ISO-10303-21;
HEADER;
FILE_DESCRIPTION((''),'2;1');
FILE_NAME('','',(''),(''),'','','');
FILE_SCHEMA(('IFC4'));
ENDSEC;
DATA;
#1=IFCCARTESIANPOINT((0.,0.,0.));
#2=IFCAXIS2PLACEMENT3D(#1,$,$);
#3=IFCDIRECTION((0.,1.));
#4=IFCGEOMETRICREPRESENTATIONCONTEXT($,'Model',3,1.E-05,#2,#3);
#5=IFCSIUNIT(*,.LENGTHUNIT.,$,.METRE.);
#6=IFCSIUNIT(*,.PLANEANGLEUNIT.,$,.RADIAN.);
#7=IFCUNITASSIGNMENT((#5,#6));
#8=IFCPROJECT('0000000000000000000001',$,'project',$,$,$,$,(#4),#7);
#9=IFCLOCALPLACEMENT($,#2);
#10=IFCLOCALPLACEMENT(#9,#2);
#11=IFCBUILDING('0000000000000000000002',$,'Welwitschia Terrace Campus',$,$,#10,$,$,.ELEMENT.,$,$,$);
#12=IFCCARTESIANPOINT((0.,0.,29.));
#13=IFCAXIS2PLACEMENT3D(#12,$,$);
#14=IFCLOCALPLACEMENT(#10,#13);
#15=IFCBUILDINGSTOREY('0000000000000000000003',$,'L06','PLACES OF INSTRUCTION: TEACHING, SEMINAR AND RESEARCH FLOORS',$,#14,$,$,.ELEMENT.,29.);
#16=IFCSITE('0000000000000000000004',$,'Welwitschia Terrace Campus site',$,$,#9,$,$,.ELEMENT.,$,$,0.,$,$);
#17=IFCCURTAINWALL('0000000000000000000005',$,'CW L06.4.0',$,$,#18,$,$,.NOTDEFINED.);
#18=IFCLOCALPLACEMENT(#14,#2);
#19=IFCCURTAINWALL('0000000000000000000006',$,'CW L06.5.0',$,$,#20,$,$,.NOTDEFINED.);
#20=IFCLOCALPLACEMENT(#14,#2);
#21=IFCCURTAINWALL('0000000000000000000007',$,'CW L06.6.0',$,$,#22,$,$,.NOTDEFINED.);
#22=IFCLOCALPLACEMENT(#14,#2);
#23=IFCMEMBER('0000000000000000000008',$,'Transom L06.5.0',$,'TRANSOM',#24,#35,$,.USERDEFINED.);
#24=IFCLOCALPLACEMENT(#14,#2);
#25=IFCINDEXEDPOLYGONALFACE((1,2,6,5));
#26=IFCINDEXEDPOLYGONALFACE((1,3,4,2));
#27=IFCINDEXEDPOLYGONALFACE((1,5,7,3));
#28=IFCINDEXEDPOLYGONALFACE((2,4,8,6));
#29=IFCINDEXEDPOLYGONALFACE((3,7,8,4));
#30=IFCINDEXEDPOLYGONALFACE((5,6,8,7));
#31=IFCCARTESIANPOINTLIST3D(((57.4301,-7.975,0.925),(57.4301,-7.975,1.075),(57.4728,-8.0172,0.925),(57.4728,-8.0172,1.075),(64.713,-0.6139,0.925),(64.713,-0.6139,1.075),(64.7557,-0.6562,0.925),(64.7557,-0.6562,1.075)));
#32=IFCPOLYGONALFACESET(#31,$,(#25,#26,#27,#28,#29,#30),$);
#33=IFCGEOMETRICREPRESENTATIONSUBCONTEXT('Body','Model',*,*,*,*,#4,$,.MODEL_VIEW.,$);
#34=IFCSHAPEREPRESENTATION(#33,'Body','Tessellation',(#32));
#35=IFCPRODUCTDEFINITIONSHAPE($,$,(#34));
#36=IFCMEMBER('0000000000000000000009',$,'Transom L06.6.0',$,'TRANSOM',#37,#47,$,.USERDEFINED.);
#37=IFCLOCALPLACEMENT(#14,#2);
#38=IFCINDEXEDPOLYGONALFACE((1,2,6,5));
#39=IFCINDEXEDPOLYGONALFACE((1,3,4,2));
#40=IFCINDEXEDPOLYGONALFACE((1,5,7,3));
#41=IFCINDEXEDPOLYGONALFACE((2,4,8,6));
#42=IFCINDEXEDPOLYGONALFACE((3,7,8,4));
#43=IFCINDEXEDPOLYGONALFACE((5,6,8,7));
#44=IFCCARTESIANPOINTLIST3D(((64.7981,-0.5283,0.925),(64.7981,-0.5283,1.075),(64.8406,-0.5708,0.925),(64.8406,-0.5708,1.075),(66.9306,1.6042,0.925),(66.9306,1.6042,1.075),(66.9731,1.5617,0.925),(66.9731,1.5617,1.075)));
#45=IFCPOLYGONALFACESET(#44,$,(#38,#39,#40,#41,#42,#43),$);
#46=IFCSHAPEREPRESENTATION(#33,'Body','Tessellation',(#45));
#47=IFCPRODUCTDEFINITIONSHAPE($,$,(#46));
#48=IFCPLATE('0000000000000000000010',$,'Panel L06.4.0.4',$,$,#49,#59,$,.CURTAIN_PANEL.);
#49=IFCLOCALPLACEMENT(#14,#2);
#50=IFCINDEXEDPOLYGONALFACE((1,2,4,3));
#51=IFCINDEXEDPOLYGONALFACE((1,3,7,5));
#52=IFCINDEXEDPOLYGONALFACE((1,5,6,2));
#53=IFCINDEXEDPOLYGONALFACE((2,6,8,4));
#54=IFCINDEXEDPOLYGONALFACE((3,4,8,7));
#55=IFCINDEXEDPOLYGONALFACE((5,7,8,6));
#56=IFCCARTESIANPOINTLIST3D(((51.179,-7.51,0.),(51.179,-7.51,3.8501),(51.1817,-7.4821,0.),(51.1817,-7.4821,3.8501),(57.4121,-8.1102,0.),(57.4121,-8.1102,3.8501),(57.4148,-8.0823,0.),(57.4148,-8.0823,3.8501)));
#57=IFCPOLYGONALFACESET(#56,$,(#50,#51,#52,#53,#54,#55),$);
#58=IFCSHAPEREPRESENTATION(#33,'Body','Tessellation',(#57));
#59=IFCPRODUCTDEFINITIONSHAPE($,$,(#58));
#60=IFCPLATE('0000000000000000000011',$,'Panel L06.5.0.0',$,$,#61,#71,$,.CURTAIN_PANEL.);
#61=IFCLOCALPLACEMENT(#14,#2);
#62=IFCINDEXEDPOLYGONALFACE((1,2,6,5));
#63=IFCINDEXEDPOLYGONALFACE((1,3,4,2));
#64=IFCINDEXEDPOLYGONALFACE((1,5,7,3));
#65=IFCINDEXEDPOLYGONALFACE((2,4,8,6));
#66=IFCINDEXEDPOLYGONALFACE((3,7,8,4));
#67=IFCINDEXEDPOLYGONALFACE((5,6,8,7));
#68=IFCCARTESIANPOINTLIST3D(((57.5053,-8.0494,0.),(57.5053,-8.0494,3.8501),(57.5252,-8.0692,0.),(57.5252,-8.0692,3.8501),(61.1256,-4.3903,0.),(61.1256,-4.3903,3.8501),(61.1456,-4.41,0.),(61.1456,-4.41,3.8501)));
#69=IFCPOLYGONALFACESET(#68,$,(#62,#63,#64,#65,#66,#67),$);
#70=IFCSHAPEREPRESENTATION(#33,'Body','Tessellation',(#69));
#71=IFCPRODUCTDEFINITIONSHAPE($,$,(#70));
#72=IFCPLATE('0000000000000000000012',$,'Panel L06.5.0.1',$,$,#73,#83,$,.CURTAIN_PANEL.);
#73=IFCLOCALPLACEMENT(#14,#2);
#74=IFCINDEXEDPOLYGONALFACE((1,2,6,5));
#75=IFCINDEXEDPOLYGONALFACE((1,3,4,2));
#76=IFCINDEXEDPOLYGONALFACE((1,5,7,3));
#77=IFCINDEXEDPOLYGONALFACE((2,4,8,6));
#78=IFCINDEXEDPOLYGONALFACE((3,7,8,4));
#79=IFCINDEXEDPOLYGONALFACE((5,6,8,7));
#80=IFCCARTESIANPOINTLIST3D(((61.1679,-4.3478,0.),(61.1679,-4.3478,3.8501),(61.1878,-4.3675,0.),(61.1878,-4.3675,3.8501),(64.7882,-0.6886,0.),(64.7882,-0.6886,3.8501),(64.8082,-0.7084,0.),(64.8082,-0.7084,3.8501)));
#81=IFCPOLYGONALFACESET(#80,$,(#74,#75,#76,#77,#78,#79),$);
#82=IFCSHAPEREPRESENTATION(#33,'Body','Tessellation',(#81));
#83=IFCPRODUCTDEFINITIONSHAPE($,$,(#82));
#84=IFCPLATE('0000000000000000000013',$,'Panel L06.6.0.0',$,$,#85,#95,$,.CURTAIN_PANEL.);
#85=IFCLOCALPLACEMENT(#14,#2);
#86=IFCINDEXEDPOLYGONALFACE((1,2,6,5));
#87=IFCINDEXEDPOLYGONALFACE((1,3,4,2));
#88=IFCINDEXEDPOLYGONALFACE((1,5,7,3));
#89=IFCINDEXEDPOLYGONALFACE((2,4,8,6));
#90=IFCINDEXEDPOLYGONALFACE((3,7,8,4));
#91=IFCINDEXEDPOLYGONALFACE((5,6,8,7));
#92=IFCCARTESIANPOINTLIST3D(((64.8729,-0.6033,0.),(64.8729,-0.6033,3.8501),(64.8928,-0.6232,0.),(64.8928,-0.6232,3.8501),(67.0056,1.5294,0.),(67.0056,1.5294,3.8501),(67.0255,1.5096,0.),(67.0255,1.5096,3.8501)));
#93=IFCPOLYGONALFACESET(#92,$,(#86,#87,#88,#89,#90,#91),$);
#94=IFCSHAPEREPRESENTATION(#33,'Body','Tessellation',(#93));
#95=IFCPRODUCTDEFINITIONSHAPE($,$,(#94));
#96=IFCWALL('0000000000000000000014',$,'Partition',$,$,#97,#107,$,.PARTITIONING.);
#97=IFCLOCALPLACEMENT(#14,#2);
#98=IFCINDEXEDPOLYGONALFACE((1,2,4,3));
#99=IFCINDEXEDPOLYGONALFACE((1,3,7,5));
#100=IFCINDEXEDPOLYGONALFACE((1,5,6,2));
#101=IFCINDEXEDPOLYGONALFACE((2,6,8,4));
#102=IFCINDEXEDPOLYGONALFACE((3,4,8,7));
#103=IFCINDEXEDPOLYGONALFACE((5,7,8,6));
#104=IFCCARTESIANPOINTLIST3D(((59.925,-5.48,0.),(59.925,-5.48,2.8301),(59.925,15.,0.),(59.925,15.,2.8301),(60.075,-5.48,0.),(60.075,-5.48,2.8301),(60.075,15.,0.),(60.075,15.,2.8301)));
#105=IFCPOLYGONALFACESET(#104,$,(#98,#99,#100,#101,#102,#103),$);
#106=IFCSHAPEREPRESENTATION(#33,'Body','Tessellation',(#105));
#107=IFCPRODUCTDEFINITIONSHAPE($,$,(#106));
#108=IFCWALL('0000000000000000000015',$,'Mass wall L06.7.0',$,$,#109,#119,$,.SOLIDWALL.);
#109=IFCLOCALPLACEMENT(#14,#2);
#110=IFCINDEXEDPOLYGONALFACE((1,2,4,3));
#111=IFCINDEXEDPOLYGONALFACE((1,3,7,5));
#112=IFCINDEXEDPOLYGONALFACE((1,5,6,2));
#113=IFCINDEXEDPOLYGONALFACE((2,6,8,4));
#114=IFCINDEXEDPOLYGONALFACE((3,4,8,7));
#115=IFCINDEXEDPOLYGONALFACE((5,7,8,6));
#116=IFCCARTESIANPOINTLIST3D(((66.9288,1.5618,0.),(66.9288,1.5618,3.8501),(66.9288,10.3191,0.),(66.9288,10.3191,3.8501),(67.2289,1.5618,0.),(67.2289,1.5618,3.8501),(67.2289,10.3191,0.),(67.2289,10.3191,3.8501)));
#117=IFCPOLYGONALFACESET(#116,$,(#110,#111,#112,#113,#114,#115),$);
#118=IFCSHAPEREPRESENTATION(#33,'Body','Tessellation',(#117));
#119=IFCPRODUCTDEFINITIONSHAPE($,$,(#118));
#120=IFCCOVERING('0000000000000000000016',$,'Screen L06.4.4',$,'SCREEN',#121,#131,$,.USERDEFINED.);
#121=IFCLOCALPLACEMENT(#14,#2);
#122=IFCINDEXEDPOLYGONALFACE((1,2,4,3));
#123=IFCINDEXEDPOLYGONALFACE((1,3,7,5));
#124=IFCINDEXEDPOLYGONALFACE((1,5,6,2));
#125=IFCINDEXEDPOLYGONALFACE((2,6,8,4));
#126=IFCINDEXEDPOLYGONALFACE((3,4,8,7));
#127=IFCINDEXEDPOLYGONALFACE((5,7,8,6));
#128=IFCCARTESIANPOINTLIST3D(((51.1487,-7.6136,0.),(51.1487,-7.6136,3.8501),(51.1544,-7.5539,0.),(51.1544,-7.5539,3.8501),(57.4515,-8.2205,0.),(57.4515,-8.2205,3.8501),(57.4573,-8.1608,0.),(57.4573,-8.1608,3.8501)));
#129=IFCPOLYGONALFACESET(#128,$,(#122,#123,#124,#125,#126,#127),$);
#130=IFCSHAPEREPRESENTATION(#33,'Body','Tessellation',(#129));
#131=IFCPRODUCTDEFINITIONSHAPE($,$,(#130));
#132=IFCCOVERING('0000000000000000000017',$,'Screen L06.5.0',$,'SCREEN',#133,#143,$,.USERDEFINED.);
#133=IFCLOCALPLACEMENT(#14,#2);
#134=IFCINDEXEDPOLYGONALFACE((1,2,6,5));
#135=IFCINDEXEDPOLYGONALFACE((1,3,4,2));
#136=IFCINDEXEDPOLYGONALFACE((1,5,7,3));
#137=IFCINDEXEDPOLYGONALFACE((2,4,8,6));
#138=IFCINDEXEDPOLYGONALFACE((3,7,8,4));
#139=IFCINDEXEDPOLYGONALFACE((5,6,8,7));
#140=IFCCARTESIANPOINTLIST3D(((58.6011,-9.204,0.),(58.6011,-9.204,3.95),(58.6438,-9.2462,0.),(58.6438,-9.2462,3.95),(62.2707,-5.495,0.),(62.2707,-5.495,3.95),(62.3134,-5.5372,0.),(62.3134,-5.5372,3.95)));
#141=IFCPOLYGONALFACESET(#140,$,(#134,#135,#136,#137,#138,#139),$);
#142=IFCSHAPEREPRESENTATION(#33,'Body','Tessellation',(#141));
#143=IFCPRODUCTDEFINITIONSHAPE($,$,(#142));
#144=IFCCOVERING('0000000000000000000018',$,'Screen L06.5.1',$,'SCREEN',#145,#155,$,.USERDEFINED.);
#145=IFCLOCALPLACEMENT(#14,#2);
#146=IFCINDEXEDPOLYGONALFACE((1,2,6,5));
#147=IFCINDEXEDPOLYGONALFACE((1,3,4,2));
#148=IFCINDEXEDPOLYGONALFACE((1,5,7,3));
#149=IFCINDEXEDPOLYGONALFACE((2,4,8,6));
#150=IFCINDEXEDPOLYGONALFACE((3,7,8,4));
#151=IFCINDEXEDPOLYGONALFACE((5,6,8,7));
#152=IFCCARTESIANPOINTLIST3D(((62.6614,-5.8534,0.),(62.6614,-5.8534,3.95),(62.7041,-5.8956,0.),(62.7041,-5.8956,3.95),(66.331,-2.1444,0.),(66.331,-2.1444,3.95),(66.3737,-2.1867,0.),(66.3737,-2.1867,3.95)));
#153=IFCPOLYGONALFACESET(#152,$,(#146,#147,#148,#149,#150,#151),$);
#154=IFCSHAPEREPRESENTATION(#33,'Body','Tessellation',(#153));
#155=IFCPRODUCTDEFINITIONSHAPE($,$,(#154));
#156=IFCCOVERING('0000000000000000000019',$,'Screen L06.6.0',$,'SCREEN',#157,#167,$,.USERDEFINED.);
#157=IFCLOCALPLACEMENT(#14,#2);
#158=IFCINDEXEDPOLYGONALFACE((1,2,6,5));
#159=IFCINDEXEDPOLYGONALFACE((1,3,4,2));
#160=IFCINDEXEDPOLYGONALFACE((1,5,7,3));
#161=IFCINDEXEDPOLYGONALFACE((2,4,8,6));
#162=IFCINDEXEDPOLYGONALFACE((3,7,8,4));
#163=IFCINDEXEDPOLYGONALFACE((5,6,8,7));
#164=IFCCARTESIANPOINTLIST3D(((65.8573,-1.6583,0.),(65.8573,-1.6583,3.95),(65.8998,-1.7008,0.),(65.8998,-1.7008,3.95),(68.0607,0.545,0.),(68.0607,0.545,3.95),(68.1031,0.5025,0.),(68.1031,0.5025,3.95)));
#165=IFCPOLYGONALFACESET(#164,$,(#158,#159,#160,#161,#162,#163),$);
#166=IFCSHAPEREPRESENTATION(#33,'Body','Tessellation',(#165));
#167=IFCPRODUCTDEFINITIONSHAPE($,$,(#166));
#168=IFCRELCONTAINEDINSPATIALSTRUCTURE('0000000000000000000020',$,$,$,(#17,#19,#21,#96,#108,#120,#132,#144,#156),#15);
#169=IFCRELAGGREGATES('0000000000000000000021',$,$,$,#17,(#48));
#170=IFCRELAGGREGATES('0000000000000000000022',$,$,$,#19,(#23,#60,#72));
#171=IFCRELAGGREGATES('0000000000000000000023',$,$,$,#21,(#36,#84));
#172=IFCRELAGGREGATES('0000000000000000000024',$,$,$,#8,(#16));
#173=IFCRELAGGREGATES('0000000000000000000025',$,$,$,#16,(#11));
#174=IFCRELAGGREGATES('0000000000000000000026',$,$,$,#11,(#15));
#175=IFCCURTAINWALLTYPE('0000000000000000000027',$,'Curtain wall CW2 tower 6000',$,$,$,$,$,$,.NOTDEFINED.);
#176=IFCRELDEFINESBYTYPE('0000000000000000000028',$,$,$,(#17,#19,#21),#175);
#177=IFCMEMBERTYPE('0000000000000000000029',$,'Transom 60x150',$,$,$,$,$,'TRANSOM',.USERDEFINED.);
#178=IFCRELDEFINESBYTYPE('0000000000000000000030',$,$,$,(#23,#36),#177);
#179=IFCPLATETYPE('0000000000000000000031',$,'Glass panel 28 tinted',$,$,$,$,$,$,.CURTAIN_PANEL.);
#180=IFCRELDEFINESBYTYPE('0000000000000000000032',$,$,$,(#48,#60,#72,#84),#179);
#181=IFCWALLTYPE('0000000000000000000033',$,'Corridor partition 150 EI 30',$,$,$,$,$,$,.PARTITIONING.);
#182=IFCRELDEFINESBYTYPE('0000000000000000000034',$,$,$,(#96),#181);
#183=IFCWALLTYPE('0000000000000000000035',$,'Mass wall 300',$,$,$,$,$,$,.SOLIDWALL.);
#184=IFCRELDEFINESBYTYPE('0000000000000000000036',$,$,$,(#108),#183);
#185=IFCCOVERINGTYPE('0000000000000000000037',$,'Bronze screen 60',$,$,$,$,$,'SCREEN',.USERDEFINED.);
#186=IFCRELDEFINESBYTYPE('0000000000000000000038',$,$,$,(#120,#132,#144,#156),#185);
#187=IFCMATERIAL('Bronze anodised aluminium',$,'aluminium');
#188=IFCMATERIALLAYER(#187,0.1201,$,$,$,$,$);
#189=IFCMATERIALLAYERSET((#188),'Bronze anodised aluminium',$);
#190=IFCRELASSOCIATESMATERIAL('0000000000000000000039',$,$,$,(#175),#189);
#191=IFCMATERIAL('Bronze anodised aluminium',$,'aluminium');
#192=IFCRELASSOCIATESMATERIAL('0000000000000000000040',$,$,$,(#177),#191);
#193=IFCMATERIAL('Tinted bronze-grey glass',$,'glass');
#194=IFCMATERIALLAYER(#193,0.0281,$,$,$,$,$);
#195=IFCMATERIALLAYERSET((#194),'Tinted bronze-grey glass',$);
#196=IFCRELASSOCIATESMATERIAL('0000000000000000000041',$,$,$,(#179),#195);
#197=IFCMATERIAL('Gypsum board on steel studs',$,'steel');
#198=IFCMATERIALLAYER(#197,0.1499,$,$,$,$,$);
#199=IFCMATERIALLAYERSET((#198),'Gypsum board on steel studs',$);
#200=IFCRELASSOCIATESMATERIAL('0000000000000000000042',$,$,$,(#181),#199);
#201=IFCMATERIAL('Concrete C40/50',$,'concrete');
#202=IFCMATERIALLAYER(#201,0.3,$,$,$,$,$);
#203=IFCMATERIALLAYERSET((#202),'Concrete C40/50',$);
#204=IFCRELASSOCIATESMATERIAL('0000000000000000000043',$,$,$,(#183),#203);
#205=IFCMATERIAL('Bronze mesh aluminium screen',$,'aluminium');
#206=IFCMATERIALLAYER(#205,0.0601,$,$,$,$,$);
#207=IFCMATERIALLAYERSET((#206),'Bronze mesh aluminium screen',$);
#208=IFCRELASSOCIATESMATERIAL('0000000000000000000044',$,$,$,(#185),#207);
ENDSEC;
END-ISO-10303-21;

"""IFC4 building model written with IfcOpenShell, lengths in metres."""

from ifc_helpers import new_model, si_unit, direction, frame, frame_2d, origin, origin_2d, place, context, subcontext, project, spatial, rectangle, extrude, material, layer, layer_set, material_profile, profile_set, type_object, element, aggregate, save


model = new_model("IFC4")

# Units and contexts
model_context = context("Model", 3, precision=1e-05, world=origin(), true_north=direction((0.0, 1.0)))
body_context = subcontext(model_context, "Body", "Model", "MODEL_VIEW")
ifc_project = project(units=[si_unit("LENGTHUNIT", "METRE"), si_unit("PLANEANGLEUNIT", "RADIAN")], contexts=[model_context])

# Site, building, storey
site_placement = place(None, origin())
site = spatial("IfcSite", under=ifc_project, at=site_placement, Name="Welwitschia Terrace Campus site", CompositionType="ELEMENT", RefElevation=0.0)
building_placement = place(site_placement, origin())
building = spatial("IfcBuilding", under=site, at=building_placement, Name="Welwitschia Terrace Campus", CompositionType="ELEMENT")
storey_placement = place(building_placement, frame((0.0, 0.0, 29.0)))
storey = spatial("IfcBuildingStorey", under=building, at=storey_placement, Name="L06", Description="PLACES OF INSTRUCTION: TEACHING, SEMINAR AND RESEARCH FLOORS", CompositionType="ELEMENT", Elevation=29.0)

# Curtain walls
ifc_material_1 = material(Name="Bronze anodised aluminium", Category="aluminium")
ifc_layer_1 = layer(ifc_material_1, 0.1201)
ifc_layer_set_1 = layer_set([ifc_layer_1], Name="Bronze anodised aluminium")
curtain_wall_type = type_object("IfcCurtainWallType", Name="Curtain wall CW2 tower 6000", PredefinedType="NOTDEFINED", material=ifc_layer_set_1)
curtain_wall_1_placement = place(storey_placement, origin())
curtain_wall_1 = element("IfcCurtainWall", 1, at=curtain_wall_1_placement, inside=storey, type_object=curtain_wall_type, Name="CW L06.4.0", PredefinedType="NOTDEFINED")
curtain_wall_2_placement = place(storey_placement, origin())
curtain_wall_2 = element("IfcCurtainWall", 2, at=curtain_wall_2_placement, inside=storey, type_object=curtain_wall_type, Name="CW L06.5.0", PredefinedType="NOTDEFINED")
curtain_wall_3_placement = place(storey_placement, origin())
curtain_wall_3 = element("IfcCurtainWall", 3, at=curtain_wall_3_placement, inside=storey, type_object=curtain_wall_type, Name="CW L06.6.0", PredefinedType="NOTDEFINED")

# Members
ifc_material_2 = material(Name="Bronze anodised aluminium", Category="aluminium")
ifc_material_profile_1 = material_profile(ifc_material_2, rectangle(XDim=0.0601, YDim=0.1499, at=origin_2d()))
ifc_profile_set_1 = profile_set([ifc_material_profile_1], Name="Bronze anodised aluminium")
member_type_1 = type_object("IfcMemberType", Name="Transom 60x150", ElementType="TRANSOM", PredefinedType="USERDEFINED", material=ifc_profile_set_1)
member_1_placement = place(storey_placement, frame((57.4514, -7.9961, 1.0), z_axis=(0.703324, 0.710869, 0.0), x_axis=(-0.710869, 0.703324, 0.0)))
member_1 = element("IfcMember", 4, at=member_1_placement, type_object=member_type_1, Name="Transom L06.5.0", ObjectType="TRANSOM", PredefinedType="USERDEFINED", context=body_context, shape_type="SweptSolid", body=[
    extrude(rectangle(XDim=0.0601, YDim=0.1499, at=origin_2d()), origin(), (0.0, 0.0, 1.0), 10.355),
])
member_2_placement = place(storey_placement, frame((64.8193, -0.5496, 1.0), z_axis=(0.707107, 0.707107, 0.0), x_axis=(-0.707107, 0.707107, 0.0)))
member_2 = element("IfcMember", 5, at=member_2_placement, type_object=member_type_1, Name="Transom L06.6.0", ObjectType="TRANSOM", PredefinedType="USERDEFINED", context=body_context, shape_type="SweptSolid", body=[
    extrude(rectangle(XDim=0.0601, YDim=0.1499, at=origin_2d()), origin(), (0.0, 0.0, 1.0), 3.0159),
])

# Plates
ifc_material_3 = material(Name="Tinted bronze-grey glass", Category="glass")
ifc_layer_2 = layer(ifc_material_3, 0.0281)
ifc_layer_set_2 = layer_set([ifc_layer_2], Name="Tinted bronze-grey glass")
plate_type = type_object("IfcPlateType", Name="Glass panel 28 tinted", PredefinedType="CURTAIN_PANEL", material=ifc_layer_set_2)
plate_1_placement = place(storey_placement, frame((54.2969, -7.7961, 0.0), z_axis=(0.0, 0.0, 1.0), x_axis=(0.995396, -0.095846, 0.0)))
plate_1 = element("IfcPlate", 6, at=plate_1_placement, type_object=plate_type, Name="Panel L06.4.0.4", PredefinedType="CURTAIN_PANEL", context=body_context, shape_type="SweptSolid", body=[
    extrude(rectangle(XDim=6.262, YDim=0.0281, at=origin_2d()), origin(), (0.0, 0.0, 1.0), 3.8501),
])
aggregate(curtain_wall_1, [plate_1])
plate_2_placement = place(storey_placement, frame((59.3254, -6.2297, 0.0), z_axis=(0.0, 0.0, 1.0), x_axis=(0.703327, 0.710866, 0.0)))
plate_2 = element("IfcPlate", 7, at=plate_2_placement, type_object=plate_type, Name="Panel L06.5.0.0", PredefinedType="CURTAIN_PANEL", context=body_context, shape_type="SweptSolid", body=[
    extrude(rectangle(XDim=5.1475, YDim=0.0281, at=origin_2d()), origin(), (0.0, 0.0, 1.0), 3.8501),
])
plate_3_placement = place(storey_placement, frame((62.988, -2.5281, 0.0), z_axis=(0.0, 0.0, 1.0), x_axis=(0.703327, 0.710866, 0.0)))
plate_3 = element("IfcPlate", 8, at=plate_3_placement, type_object=plate_type, Name="Panel L06.5.0.1", PredefinedType="CURTAIN_PANEL", context=body_context, shape_type="SweptSolid", body=[
    extrude(rectangle(XDim=5.1475, YDim=0.0281, at=origin_2d()), origin(), (0.0, 0.0, 1.0), 3.8501),
])
aggregate(curtain_wall_2, [member_1, plate_2, plate_3])
plate_4_placement = place(storey_placement, frame((65.9492, 0.4531, 0.0), z_axis=(0.0, 0.0, 1.0), x_axis=(0.707107, 0.707107, 0.0)))
plate_4 = element("IfcPlate", 9, at=plate_4_placement, type_object=plate_type, Name="Panel L06.6.0.0", PredefinedType="CURTAIN_PANEL", context=body_context, shape_type="SweptSolid", body=[
    extrude(rectangle(XDim=3.0161, YDim=0.0281, at=origin_2d()), origin(), (0.0, 0.0, 1.0), 3.8501),
])
aggregate(curtain_wall_3, [member_2, plate_4])

# Walls
ifc_material_4 = material(Name="Gypsum board on steel studs", Category="steel")
ifc_layer_3 = layer(ifc_material_4, 0.1499)
ifc_layer_set_3 = layer_set([ifc_layer_3], Name="Gypsum board on steel studs")
wall_type_1 = type_object("IfcWallType", Name="Corridor partition 150 EI 30", PredefinedType="PARTITIONING", material=ifc_layer_set_3)
wall_1_placement = place(storey_placement, frame((60.0, -5.48, 0.0), z_axis=(0.0, 0.0, 1.0), x_axis=(0.0, 1.0, 0.0)))
element("IfcWall", 10, at=wall_1_placement, inside=storey, type_object=wall_type_1, Name="Partition", PredefinedType="PARTITIONING", context=body_context, shape_type="SweptSolid", body=[
    extrude(rectangle(XDim=20.48, YDim=0.1499, at=frame_2d((10.24, 0.0))), origin(), (0.0, 0.0, 1.0), 2.8301),
])
ifc_material_5 = material(Name="Concrete C40/50", Category="concrete")
ifc_layer_4 = layer(ifc_material_5, 0.3)
ifc_layer_set_4 = layer_set([ifc_layer_4], Name="Concrete C40/50")
wall_type_2 = type_object("IfcWallType", Name="Mass wall 300", PredefinedType="SOLIDWALL", material=ifc_layer_set_4)
wall_2_placement = place(storey_placement, frame((67.0789, 1.5618, 0.0), z_axis=(0.0, 0.0, 1.0), x_axis=(0.0, 1.0, 0.0)))
element("IfcWall", 11, at=wall_2_placement, inside=storey, type_object=wall_type_2, Name="Mass wall L06.7.0", PredefinedType="SOLIDWALL", context=body_context, shape_type="SweptSolid", body=[
    extrude(rectangle(XDim=8.7573, YDim=0.3, at=frame_2d((4.3787, 0.0))), origin(), (0.0, 0.0, 1.0), 3.8501),
])

# Coverings
ifc_material_6 = material(Name="Bronze mesh aluminium screen", Category="aluminium")
ifc_layer_5 = layer(ifc_material_6, 0.0601)
ifc_layer_set_5 = layer_set([ifc_layer_5], Name="Bronze mesh aluminium screen")
covering_type = type_object("IfcCoveringType", Name="Bronze screen 60", ElementType="SCREEN", PredefinedType="USERDEFINED", material=ifc_layer_set_5)
covering_1_placement = place(storey_placement, frame((54.303, -7.8872, 0.0), z_axis=(0.0, 0.0, 1.0), x_axis=(0.995396, -0.095846, 0.0)))
element("IfcCovering", 12, at=covering_1_placement, inside=storey, type_object=covering_type, Name="Screen L06.4.4", ObjectType="SCREEN", PredefinedType="USERDEFINED", context=body_context, shape_type="SweptSolid", body=[
    extrude(rectangle(XDim=6.332, YDim=0.0601, at=origin_2d()), origin(), (0.0, 0.0, 1.0), 3.8501),
])
for number, where, z_axis, x_axis, name in (
    (13, (60.4573, -7.3706, 0.0), (0.0, 0.0, 1.0), (0.703327, 0.710866, 0.0), "Screen L06.5.0"),
    (14, (64.5176, -4.02, 0.0), (0.0, 0.0, 1.0), (0.703327, 0.710866, 0.0), "Screen L06.5.1"),
):
    element("IfcCovering", number, at=place(storey_placement, frame(where, z_axis=z_axis, x_axis=x_axis)), inside=storey, type_object=covering_type, Name=name, ObjectType="SCREEN", PredefinedType="USERDEFINED", context=body_context, shape_type="SweptSolid", body=[
        extrude(rectangle(XDim=5.2175, YDim=0.0601, at=origin_2d()), origin(), (0.0, 0.0, 1.0), 3.95),
    ])
covering_2_placement = place(storey_placement, frame((66.9802, -0.5779, 0.0), z_axis=(0.0, 0.0, 1.0), x_axis=(0.707107, 0.707107, 0.0)))
element("IfcCovering", 15, at=covering_2_placement, inside=storey, type_object=covering_type, Name="Screen L06.6.0", ObjectType="SCREEN", PredefinedType="USERDEFINED", context=body_context, shape_type="SweptSolid", body=[
    extrude(rectangle(XDim=3.116, YDim=0.0601, at=origin_2d()), origin(), (0.0, 0.0, 1.0), 3.95),
])

save(model, "model.ifc")
